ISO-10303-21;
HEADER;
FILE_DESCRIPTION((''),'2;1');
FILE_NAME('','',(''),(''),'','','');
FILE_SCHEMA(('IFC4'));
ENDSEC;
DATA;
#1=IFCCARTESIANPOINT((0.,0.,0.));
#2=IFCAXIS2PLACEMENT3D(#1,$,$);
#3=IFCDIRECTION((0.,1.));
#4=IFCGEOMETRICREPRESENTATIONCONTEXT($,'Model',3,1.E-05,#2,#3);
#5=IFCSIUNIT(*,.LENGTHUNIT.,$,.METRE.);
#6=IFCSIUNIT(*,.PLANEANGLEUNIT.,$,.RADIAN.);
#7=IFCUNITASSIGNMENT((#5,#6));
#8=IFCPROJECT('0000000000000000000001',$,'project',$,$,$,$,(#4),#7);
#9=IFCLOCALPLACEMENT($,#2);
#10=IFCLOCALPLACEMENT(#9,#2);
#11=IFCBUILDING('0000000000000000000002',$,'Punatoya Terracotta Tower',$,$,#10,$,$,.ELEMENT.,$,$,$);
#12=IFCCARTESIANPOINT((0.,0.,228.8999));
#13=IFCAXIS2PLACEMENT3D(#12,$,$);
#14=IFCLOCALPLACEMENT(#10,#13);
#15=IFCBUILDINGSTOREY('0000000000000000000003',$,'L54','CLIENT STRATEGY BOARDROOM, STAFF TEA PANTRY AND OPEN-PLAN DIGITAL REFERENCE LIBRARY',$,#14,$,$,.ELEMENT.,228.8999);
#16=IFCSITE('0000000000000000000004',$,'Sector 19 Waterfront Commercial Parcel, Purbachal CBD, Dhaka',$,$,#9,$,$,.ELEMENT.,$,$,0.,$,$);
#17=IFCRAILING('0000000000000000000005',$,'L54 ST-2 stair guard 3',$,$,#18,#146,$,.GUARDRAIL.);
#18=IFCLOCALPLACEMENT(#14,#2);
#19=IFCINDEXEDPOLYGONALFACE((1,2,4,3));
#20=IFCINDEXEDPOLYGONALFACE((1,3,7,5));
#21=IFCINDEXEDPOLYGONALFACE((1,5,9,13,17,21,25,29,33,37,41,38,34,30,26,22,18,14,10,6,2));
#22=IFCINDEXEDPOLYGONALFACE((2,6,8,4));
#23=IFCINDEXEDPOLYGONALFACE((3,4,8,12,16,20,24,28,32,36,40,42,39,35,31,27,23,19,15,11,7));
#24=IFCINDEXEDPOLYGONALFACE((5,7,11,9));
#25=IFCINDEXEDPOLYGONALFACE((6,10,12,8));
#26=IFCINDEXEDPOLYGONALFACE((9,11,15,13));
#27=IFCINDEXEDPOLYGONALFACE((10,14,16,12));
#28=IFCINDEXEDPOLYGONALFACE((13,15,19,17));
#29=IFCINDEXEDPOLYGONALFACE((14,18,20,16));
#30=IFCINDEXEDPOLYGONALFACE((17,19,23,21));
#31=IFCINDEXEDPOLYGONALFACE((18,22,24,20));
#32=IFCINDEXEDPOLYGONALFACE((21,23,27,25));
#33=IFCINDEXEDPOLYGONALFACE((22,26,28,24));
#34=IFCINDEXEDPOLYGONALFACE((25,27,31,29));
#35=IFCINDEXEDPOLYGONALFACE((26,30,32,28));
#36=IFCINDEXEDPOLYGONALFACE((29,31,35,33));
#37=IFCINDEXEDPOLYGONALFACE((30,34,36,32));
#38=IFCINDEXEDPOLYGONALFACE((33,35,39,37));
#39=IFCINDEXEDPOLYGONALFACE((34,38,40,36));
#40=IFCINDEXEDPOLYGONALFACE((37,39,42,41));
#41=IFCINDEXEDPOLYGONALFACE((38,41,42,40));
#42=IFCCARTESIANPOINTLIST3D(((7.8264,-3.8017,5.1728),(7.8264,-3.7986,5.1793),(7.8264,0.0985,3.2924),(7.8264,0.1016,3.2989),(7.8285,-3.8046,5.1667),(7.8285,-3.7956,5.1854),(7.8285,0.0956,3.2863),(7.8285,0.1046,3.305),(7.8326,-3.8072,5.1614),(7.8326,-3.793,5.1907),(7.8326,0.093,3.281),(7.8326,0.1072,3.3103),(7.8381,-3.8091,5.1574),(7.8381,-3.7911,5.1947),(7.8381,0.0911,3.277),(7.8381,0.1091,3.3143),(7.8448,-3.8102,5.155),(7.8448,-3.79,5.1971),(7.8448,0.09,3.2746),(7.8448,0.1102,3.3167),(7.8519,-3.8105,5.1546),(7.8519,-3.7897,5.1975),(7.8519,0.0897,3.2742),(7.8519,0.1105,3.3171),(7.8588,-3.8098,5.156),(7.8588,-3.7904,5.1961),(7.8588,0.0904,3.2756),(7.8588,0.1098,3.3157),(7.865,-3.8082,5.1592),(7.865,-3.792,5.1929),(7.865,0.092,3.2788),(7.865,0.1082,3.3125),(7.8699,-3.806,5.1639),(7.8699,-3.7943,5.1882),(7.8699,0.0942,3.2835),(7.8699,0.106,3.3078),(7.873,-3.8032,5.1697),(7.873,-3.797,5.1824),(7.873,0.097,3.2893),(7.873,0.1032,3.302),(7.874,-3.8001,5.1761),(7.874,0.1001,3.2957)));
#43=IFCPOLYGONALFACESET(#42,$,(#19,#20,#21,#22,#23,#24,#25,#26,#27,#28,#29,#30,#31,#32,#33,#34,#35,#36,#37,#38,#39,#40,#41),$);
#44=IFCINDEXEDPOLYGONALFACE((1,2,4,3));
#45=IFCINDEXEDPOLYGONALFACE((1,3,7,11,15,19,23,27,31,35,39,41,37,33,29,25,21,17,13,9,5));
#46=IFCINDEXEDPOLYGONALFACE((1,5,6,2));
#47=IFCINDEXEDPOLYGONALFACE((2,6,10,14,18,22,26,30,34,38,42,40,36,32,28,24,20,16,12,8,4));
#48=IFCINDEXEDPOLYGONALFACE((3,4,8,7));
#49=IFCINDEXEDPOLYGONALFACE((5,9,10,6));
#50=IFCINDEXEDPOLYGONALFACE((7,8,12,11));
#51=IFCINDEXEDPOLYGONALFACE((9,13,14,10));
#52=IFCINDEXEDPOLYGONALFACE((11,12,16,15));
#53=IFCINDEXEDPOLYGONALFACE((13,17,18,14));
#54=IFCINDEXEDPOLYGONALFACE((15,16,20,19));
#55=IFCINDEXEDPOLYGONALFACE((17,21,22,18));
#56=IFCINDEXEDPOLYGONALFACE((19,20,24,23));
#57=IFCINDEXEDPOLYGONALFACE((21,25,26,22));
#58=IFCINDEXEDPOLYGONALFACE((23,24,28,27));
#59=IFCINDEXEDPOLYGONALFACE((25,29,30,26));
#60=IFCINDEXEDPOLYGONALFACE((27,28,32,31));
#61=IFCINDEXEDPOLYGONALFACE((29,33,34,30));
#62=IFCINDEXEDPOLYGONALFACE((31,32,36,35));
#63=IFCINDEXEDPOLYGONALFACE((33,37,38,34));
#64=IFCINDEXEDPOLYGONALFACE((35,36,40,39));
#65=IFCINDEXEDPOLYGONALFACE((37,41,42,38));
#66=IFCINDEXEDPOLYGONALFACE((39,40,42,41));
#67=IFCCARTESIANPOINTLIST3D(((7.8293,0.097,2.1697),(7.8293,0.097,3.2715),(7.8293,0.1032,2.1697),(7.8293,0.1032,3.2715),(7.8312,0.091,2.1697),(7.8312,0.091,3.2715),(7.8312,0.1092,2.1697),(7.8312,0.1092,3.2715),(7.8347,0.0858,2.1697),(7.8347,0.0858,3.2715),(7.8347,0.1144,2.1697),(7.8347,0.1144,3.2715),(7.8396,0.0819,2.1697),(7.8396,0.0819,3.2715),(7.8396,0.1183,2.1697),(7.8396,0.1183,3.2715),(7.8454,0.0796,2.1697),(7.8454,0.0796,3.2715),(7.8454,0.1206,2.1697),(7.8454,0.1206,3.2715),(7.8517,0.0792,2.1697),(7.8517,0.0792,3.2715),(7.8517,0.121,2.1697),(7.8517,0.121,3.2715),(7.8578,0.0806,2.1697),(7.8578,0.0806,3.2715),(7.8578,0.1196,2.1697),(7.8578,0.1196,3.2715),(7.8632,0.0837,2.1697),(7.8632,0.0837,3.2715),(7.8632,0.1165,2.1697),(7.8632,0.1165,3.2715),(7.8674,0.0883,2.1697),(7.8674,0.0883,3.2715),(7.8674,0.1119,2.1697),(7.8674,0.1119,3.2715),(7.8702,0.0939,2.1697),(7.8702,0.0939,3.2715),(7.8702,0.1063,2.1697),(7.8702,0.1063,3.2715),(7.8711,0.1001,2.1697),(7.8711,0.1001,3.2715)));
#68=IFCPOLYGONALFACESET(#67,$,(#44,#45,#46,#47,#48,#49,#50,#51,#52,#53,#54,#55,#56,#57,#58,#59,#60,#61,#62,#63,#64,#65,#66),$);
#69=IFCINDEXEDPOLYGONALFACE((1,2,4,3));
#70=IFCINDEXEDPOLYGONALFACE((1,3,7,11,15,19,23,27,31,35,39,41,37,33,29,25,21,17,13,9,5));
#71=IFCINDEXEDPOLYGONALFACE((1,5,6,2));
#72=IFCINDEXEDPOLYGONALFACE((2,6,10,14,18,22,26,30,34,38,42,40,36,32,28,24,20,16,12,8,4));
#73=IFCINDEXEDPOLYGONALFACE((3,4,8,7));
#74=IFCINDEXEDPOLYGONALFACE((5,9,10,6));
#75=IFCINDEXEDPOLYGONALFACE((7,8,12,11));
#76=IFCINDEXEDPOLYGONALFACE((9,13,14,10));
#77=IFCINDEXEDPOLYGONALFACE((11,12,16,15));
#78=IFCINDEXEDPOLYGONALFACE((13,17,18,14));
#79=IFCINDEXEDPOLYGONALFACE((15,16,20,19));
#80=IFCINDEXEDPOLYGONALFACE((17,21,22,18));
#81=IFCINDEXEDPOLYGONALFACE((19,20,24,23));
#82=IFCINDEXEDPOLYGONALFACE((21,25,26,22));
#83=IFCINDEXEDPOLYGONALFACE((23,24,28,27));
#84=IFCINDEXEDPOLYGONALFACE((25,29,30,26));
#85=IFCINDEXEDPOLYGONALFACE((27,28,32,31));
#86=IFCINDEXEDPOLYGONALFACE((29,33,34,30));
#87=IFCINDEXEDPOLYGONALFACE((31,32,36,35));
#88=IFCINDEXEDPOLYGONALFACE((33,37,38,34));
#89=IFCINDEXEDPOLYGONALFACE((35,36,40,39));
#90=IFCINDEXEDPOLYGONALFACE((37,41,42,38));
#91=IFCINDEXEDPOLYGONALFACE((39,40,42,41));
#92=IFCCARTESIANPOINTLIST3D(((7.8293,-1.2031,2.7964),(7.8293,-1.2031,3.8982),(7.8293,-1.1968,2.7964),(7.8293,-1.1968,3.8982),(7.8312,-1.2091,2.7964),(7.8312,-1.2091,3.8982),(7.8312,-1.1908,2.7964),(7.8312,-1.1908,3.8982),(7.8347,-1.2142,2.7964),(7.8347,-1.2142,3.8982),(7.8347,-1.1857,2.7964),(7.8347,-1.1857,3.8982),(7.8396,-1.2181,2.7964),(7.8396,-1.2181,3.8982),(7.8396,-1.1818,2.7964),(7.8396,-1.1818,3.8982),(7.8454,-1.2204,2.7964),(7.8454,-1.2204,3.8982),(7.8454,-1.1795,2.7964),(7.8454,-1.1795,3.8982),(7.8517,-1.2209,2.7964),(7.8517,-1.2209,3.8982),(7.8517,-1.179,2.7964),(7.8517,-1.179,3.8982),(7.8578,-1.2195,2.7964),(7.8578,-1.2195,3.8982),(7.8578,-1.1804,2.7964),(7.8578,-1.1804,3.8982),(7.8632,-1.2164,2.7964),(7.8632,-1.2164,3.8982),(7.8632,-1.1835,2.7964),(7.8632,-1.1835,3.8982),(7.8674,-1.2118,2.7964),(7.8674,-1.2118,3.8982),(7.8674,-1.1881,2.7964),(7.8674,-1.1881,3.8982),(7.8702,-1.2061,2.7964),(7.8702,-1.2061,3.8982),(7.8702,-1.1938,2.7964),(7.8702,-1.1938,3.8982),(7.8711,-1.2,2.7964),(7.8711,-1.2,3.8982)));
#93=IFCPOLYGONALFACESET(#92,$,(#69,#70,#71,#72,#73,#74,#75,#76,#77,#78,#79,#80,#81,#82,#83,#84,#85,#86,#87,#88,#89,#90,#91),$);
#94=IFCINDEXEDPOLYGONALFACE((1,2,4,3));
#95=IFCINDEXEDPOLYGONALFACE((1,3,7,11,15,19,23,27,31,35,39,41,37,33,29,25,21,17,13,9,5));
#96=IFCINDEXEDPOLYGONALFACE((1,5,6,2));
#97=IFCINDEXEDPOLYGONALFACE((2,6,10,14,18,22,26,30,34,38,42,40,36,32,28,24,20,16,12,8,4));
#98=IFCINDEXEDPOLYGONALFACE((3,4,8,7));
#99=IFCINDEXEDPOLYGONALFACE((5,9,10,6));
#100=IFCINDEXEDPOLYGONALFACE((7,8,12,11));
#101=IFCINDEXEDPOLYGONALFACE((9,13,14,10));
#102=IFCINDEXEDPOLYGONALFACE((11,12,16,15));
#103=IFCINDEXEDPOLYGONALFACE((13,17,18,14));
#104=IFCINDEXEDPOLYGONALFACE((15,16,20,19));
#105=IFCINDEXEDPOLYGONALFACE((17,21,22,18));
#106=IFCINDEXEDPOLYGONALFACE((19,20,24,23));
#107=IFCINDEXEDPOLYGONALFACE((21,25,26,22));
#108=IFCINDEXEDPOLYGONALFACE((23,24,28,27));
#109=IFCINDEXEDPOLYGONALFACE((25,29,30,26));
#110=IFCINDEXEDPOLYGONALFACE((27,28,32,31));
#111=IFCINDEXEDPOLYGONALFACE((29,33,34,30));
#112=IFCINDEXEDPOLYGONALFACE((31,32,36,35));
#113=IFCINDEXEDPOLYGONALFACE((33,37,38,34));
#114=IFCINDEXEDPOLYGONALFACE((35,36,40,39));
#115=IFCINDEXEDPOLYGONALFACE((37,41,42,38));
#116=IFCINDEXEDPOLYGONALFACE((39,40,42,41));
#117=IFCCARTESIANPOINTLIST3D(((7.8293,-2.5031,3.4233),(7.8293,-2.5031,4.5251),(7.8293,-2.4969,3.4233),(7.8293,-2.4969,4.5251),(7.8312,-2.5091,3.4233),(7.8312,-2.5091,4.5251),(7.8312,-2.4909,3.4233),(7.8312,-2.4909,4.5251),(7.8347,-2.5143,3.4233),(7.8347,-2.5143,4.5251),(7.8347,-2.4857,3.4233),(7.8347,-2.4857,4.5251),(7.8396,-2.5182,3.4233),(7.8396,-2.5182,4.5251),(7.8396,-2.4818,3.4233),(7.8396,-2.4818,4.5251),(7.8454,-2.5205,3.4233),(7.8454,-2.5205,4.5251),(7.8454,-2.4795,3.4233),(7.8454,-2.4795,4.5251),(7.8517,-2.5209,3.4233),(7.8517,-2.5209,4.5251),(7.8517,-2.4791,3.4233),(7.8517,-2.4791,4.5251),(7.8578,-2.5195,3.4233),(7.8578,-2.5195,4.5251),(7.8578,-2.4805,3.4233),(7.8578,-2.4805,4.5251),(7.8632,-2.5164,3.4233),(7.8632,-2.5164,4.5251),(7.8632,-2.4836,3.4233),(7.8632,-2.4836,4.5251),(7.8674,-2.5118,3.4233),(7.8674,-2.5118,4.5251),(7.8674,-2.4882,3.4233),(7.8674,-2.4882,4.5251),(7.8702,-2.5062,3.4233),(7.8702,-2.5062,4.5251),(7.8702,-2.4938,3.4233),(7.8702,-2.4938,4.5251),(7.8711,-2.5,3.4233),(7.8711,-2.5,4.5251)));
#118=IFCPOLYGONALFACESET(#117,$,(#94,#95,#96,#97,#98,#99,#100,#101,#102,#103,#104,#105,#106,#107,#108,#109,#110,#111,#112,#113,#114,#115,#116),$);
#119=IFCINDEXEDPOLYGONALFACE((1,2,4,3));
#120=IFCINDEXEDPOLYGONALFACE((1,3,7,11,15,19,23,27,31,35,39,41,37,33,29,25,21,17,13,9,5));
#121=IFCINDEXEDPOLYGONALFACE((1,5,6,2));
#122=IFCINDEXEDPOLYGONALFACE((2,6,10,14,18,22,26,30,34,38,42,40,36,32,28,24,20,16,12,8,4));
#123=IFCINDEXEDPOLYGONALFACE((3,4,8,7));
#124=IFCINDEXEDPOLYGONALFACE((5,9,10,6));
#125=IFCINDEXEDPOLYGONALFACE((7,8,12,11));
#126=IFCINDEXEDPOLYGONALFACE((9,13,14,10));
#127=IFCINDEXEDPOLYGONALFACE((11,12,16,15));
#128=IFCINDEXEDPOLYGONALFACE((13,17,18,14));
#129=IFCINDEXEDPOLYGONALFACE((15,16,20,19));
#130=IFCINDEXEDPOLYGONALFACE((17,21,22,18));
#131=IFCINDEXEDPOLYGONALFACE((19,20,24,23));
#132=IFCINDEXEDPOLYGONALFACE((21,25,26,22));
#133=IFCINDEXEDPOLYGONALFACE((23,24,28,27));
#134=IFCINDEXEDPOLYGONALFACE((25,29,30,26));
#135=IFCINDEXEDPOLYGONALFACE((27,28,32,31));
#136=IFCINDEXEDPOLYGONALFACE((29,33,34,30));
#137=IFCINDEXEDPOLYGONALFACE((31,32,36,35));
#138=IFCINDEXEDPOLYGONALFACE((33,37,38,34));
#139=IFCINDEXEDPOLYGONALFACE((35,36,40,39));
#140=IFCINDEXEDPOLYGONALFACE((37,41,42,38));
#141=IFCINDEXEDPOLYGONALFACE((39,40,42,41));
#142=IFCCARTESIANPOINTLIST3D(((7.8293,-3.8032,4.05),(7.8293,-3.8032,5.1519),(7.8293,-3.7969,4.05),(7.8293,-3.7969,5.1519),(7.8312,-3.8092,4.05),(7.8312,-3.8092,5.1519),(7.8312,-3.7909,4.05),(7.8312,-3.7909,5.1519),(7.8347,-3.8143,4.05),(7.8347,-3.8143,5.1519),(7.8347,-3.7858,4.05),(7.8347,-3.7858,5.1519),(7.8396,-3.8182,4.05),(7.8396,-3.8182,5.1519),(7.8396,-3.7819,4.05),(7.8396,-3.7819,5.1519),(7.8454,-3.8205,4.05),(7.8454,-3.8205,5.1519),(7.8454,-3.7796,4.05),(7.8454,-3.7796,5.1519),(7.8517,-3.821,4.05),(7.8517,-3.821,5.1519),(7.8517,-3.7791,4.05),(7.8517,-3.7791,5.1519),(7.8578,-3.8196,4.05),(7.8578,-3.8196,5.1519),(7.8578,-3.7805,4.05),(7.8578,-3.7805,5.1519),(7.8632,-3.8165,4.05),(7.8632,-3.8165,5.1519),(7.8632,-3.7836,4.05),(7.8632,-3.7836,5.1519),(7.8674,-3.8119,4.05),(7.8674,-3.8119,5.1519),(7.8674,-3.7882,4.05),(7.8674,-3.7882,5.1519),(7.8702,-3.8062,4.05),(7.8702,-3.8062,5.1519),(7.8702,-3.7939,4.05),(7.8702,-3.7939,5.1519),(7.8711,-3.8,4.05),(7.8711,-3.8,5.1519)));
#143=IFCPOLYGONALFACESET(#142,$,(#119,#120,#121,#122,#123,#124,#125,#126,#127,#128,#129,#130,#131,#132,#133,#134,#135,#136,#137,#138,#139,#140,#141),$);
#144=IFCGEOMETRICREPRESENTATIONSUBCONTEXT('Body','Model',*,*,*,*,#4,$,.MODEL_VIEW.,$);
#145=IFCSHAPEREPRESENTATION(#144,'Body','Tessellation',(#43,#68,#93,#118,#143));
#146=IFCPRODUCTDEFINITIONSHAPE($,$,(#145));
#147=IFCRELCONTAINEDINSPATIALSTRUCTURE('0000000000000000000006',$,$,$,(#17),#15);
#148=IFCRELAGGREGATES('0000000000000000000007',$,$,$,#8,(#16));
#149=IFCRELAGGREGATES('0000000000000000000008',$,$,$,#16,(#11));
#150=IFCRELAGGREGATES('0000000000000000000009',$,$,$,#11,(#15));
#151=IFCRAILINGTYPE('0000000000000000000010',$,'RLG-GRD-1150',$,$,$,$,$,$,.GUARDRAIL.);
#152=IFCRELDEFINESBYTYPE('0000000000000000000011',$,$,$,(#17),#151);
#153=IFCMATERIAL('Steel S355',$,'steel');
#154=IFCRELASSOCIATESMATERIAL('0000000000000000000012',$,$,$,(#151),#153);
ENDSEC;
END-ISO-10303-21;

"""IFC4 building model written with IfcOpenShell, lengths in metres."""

from ifc_helpers import new_model, si_unit, direction, frame, origin, origin_2d, place, context, subcontext, project, spatial, circle, extrude, material, type_object, element, save


model = new_model("IFC4")

# Units and contexts
model_context = context("Model", 3, precision=1e-05, world=origin(), true_north=direction((0.0, 1.0)))
body_context = subcontext(model_context, "Body", "Model", "MODEL_VIEW")
ifc_project = project(units=[si_unit("LENGTHUNIT", "METRE"), si_unit("PLANEANGLEUNIT", "RADIAN")], contexts=[model_context])

# Site, building, storey
site_placement = place(None, origin())
site = spatial("IfcSite", under=ifc_project, at=site_placement, Name="Sector 19 Waterfront Commercial Parcel, Purbachal CBD, Dhaka", CompositionType="ELEMENT", RefElevation=0.0)
building_placement = place(site_placement, origin())
building = spatial("IfcBuilding", under=site, at=building_placement, Name="Punatoya Terracotta Tower", CompositionType="ELEMENT")
storey_placement = place(building_placement, frame((0.0, 0.0, 228.8999)))
storey = spatial("IfcBuildingStorey", under=building, at=storey_placement, Name="L54", Description="CLIENT STRATEGY BOARDROOM, STAFF TEA PANTRY AND OPEN-PLAN DIGITAL REFERENCE LIBRARY", CompositionType="ELEMENT", Elevation=228.8999)

# Shared definitions
ifc_material_1 = material(Name="Steel S355", Category="steel")

# Railing
railing_type_1 = type_object("IfcRailingType", Name="RLG-GRD-1150", PredefinedType="GUARDRAIL", material=ifc_material_1)
railing_1_placement = place(storey_placement, frame((7.8501, 0.1001, 2.1697)))
element("IfcRailing", 1, at=railing_1_placement, inside=storey, type_object=railing_type_1, Name="L54 ST-2 stair guard 3", PredefinedType="GUARDRAIL", context=body_context, shape_type="SweptSolid", body=[
    extrude(circle(Radius=0.0239, at=origin_2d()), frame((0.0, 0.0, 1.126), z_axis=(0.0, -0.900774, 0.434289), x_axis=(1.0, 0.0, 0.0)), (0.0, 0.0, 1.0), 4.3298),
    extrude(circle(Radius=0.021, at=origin_2d()), origin(), (0.0, 0.0, 1.0), 1.1018),
    extrude(circle(Radius=0.021, at=origin_2d()), frame((0.0, -1.3, 0.6267)), (0.0, 0.0, 1.0), 1.1018),
    extrude(circle(Radius=0.021, at=origin_2d()), frame((0.0, -2.6001, 1.2537)), (0.0, 0.0, 1.0), 1.1018),
    extrude(circle(Radius=0.021, at=origin_2d()), frame((0.0, -3.9001, 1.8804)), (0.0, 0.0, 1.0), 1.1018),
])

save(model, "model.ifc")
